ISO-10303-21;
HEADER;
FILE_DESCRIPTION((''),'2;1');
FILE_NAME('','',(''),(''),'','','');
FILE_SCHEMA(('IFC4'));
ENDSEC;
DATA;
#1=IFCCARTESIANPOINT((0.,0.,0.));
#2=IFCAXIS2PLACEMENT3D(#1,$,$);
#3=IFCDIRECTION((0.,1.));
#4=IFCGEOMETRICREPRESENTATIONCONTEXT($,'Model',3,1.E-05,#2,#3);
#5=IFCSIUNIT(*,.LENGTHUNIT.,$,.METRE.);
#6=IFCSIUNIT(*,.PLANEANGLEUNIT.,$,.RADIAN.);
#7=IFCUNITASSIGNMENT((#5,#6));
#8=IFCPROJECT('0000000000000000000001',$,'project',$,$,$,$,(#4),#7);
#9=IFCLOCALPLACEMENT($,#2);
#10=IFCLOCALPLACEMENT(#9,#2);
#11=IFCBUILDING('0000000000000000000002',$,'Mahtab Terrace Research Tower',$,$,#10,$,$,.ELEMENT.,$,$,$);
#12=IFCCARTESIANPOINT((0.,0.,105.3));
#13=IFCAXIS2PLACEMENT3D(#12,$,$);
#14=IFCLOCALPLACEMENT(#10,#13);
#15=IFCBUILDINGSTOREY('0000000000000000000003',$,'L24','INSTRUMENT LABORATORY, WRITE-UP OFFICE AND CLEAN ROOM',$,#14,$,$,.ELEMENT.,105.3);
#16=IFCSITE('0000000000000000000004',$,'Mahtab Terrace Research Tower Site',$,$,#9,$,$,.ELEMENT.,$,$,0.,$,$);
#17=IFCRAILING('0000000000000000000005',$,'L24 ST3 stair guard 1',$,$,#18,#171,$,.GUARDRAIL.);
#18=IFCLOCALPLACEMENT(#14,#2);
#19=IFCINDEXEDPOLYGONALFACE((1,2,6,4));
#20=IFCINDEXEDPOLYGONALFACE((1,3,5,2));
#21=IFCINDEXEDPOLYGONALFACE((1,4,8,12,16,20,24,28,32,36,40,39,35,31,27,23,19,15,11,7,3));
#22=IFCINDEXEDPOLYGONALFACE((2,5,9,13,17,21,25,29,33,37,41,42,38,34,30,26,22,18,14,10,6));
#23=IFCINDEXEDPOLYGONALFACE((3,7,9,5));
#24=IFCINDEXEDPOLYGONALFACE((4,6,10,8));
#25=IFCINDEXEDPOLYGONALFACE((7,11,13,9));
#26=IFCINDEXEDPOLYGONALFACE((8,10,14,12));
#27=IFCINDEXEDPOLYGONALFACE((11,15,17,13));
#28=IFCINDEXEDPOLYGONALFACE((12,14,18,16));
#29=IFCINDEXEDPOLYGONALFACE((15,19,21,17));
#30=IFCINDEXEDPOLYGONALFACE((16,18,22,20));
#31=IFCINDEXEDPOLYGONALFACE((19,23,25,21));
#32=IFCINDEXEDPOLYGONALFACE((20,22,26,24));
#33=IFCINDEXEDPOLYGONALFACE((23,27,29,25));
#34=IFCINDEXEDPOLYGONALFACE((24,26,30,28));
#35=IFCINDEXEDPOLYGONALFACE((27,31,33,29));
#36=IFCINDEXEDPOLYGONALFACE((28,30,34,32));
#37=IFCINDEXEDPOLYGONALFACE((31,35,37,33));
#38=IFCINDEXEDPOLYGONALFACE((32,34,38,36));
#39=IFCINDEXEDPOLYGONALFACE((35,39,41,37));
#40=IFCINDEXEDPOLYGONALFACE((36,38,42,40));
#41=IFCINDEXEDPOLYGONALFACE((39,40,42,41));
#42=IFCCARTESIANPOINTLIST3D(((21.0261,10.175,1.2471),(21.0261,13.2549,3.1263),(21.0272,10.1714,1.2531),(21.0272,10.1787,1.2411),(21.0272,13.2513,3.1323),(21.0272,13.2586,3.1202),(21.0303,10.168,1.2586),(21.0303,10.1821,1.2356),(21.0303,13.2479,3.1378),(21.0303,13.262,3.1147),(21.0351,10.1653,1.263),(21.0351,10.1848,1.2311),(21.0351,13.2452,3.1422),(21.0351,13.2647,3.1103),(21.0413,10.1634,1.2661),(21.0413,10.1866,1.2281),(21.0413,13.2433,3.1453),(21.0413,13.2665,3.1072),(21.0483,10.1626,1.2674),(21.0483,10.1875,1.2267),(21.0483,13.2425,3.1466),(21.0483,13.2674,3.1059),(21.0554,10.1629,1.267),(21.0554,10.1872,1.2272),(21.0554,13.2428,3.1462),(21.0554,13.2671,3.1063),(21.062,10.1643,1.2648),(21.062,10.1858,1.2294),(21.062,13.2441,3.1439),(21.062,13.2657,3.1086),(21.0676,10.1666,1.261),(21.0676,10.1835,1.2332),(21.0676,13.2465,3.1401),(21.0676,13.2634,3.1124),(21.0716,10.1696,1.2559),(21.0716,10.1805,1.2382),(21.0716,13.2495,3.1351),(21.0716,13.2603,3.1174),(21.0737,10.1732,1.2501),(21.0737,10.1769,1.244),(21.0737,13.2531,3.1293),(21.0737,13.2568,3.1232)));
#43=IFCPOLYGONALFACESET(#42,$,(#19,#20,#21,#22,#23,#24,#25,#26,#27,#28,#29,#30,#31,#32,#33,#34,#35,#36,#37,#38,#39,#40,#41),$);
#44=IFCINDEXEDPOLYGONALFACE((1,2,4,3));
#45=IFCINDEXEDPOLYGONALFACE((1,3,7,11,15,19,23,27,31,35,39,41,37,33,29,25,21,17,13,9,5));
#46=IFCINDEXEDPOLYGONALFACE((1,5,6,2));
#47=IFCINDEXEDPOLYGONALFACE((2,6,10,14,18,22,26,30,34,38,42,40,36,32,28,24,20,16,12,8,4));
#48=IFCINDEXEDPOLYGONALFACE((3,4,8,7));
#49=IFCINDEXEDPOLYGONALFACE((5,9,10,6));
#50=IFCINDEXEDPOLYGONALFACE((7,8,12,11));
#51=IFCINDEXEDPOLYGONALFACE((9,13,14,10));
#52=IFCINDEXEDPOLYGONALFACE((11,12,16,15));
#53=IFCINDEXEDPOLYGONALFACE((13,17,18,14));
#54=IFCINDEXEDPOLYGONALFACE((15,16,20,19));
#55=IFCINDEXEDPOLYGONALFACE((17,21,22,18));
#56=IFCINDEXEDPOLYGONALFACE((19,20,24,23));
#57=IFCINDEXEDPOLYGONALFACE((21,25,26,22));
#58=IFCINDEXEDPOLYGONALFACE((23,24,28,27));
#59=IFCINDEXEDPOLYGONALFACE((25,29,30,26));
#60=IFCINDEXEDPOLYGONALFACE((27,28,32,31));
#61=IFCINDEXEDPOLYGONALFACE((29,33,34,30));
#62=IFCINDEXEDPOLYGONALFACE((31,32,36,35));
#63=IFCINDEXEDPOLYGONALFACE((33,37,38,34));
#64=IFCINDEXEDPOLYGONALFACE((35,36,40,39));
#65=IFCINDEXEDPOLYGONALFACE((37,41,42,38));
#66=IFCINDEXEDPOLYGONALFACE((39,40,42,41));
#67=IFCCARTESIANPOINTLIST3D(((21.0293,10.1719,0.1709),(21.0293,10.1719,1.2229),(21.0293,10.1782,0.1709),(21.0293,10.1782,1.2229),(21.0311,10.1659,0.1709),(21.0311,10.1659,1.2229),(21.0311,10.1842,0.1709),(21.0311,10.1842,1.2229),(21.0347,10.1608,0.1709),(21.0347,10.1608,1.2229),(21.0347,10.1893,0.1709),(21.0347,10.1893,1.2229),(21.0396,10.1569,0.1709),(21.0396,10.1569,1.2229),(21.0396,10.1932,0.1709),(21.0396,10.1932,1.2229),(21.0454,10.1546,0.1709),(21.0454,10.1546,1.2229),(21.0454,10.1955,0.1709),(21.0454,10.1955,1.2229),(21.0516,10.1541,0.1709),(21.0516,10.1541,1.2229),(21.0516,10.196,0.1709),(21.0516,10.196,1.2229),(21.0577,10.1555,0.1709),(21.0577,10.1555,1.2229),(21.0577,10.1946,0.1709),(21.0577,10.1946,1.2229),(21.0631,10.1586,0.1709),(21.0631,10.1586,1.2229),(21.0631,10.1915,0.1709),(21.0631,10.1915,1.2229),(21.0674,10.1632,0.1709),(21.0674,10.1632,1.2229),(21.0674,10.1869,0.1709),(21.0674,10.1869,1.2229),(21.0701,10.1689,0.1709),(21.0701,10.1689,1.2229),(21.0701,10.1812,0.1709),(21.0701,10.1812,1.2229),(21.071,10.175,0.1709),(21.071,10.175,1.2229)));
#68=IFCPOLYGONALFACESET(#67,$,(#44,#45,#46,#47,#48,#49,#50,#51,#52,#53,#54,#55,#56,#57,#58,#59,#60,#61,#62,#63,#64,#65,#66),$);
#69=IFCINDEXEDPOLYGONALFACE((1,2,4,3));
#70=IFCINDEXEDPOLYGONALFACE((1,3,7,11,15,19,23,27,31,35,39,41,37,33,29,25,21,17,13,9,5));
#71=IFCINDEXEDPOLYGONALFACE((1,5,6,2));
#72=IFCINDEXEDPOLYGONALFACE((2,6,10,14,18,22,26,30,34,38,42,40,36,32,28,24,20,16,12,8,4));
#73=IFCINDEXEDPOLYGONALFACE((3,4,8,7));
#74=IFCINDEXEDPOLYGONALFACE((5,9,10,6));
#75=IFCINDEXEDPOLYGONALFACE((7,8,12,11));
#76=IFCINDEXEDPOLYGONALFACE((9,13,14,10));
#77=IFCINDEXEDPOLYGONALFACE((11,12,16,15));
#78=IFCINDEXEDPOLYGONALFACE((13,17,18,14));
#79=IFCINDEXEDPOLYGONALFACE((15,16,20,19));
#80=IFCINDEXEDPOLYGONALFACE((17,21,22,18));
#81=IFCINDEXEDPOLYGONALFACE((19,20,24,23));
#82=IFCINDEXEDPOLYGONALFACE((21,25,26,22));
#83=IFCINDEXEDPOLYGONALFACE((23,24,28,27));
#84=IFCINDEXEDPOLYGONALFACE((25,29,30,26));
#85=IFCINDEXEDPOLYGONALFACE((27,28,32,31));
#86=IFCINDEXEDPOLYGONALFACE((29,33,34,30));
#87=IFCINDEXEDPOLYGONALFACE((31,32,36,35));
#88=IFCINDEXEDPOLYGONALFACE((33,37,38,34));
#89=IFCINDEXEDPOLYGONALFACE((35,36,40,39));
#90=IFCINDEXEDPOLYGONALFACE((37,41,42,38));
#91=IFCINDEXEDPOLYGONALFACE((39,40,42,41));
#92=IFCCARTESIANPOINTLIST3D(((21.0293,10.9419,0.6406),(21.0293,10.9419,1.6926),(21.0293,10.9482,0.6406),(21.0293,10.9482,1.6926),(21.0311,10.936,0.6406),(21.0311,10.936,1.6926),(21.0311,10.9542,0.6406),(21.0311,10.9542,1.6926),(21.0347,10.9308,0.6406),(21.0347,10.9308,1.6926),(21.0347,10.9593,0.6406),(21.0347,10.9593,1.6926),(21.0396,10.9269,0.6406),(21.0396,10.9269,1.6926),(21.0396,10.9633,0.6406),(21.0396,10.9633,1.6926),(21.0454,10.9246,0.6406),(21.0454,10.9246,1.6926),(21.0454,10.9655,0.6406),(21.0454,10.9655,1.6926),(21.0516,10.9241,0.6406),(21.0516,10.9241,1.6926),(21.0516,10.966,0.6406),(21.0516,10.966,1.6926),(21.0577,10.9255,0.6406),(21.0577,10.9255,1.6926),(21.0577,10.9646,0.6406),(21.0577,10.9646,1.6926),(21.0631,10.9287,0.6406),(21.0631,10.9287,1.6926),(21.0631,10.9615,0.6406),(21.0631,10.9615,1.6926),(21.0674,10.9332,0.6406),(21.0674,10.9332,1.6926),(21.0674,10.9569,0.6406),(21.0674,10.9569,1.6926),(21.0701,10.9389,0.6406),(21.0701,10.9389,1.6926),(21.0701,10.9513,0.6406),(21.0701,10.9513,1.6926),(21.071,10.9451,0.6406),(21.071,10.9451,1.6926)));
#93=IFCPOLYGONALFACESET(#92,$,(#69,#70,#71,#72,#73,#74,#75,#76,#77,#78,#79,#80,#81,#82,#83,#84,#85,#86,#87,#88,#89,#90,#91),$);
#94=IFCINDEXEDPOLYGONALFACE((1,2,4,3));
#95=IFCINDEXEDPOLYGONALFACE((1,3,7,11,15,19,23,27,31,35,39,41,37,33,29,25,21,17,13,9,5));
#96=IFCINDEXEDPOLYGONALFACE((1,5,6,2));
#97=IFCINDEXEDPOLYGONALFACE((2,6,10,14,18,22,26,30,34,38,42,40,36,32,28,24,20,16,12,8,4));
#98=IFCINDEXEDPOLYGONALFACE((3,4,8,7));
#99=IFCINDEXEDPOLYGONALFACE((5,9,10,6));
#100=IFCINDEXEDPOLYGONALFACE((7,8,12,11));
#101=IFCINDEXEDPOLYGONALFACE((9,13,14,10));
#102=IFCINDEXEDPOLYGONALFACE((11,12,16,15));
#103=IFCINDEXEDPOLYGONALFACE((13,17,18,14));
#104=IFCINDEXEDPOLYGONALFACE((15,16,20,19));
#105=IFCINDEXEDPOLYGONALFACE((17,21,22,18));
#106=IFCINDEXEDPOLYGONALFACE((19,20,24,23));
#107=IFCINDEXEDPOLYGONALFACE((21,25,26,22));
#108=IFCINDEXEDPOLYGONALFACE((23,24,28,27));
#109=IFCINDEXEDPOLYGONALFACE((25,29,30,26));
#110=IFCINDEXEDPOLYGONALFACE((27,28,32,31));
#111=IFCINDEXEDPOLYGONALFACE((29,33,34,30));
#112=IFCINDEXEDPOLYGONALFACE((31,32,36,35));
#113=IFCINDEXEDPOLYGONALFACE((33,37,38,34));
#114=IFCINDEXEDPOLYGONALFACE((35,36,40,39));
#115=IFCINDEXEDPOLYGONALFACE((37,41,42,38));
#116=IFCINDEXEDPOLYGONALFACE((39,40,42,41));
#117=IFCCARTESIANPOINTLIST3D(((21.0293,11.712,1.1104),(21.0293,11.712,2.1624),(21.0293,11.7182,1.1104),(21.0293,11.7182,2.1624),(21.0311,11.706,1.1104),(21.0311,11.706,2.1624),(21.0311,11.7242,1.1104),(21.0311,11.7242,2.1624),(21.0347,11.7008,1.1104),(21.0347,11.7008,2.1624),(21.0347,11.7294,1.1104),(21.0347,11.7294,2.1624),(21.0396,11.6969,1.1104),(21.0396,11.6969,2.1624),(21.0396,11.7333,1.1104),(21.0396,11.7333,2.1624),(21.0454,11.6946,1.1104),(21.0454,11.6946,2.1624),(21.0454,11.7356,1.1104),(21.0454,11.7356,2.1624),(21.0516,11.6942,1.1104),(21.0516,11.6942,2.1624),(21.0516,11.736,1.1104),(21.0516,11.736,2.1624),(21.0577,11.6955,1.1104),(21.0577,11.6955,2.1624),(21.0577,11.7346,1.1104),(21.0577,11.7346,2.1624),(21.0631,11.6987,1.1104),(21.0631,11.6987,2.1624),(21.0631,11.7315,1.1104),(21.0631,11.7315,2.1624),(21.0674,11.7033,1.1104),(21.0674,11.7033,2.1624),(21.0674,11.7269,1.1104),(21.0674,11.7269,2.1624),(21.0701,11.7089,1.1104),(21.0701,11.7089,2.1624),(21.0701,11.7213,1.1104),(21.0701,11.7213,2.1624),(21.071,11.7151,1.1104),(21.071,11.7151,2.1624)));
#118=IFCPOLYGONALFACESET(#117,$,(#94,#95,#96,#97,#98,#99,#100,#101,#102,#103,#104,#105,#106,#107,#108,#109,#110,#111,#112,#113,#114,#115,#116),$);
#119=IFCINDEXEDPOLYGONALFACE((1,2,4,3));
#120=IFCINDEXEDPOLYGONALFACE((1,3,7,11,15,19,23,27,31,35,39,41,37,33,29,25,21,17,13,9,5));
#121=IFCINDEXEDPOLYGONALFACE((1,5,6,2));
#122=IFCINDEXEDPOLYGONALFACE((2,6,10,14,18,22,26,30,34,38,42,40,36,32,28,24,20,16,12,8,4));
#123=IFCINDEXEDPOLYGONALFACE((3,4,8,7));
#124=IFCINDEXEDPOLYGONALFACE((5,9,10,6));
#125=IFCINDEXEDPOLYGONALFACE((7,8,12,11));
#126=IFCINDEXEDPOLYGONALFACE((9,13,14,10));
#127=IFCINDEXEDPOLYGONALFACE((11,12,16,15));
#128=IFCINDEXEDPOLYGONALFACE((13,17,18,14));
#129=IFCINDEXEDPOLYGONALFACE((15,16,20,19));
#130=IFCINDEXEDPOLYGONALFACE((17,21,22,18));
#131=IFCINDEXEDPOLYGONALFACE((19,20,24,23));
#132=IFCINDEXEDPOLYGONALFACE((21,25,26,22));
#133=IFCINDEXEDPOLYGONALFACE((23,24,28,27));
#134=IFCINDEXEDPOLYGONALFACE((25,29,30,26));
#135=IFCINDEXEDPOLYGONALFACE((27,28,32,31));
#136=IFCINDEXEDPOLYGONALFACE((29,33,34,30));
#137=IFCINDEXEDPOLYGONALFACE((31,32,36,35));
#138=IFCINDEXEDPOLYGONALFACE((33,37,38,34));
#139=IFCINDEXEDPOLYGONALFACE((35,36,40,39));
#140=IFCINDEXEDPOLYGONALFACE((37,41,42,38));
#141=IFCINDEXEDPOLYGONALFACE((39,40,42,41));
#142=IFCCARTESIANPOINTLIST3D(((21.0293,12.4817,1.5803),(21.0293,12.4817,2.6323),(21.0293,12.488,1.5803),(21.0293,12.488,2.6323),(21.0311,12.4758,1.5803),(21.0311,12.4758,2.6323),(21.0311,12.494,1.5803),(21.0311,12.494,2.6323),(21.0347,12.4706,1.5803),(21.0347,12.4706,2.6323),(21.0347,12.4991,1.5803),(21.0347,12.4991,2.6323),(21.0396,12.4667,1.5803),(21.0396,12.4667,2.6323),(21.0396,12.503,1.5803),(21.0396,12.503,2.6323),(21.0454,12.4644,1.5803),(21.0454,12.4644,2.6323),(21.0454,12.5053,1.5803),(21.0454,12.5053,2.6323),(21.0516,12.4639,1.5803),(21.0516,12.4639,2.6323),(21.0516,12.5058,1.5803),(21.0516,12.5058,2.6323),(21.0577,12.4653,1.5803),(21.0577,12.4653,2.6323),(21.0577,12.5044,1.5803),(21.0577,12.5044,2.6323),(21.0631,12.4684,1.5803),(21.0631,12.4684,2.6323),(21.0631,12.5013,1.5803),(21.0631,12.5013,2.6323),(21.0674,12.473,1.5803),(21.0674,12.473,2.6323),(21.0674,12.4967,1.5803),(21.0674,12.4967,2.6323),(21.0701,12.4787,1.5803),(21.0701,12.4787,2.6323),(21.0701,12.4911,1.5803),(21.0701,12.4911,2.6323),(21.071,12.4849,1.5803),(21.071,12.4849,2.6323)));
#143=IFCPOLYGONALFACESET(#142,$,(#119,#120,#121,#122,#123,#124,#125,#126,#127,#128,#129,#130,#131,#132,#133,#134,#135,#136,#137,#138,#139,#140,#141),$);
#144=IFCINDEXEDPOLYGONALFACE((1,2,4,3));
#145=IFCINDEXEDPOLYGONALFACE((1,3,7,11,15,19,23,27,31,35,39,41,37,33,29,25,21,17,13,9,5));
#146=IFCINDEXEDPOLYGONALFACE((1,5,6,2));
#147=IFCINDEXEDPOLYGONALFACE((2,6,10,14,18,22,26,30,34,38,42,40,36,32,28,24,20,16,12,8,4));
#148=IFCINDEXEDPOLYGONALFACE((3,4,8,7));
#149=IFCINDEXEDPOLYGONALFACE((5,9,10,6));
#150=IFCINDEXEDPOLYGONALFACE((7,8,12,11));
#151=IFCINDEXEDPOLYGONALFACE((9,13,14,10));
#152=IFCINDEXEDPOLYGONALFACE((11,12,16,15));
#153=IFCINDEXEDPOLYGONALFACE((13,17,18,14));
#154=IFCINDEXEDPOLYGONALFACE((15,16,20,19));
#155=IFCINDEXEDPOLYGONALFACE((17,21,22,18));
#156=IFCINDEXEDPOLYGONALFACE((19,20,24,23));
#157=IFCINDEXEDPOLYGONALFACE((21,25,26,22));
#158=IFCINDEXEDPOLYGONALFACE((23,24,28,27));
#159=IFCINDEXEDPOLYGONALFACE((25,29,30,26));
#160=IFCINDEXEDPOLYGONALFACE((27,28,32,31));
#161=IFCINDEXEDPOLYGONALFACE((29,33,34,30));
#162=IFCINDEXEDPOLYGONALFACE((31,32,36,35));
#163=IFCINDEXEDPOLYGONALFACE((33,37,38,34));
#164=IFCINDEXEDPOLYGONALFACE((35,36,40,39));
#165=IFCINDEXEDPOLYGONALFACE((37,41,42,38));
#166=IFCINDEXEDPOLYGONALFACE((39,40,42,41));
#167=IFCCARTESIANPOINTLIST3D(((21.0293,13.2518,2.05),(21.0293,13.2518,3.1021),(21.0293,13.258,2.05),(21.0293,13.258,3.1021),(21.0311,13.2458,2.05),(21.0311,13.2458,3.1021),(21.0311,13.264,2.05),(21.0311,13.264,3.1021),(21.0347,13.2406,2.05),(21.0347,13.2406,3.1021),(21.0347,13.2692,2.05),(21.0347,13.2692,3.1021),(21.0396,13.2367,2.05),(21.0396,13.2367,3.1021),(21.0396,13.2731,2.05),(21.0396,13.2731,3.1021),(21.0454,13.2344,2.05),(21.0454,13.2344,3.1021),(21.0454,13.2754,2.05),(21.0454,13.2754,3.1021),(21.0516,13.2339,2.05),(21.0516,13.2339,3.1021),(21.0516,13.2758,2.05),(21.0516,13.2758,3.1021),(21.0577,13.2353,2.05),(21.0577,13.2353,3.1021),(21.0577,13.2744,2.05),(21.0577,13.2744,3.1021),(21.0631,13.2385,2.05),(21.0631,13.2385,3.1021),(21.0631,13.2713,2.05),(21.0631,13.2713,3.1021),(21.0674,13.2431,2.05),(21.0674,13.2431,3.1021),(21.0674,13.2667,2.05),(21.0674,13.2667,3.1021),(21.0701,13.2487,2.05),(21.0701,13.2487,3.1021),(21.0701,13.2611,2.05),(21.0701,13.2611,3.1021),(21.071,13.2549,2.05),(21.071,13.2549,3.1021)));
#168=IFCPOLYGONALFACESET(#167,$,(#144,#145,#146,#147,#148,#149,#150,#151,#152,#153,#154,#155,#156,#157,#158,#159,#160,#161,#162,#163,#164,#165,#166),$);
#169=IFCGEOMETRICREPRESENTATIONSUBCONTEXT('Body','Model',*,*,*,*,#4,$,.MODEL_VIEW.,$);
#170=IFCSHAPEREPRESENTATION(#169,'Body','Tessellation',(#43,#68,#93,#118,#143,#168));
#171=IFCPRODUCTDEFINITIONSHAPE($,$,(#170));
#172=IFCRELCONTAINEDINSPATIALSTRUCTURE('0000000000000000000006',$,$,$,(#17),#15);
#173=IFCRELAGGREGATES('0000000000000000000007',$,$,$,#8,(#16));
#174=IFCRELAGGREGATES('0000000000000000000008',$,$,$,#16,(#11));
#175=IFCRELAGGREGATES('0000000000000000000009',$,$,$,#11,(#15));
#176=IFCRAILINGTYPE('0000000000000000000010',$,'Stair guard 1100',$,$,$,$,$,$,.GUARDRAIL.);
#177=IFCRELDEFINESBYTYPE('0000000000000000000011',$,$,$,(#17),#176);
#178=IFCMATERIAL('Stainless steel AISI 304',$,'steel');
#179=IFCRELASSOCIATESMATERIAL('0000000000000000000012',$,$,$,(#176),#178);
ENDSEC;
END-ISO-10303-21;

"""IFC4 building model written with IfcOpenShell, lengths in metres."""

from ifc_helpers import new_model, si_unit, direction, frame, origin, origin_2d, place, context, subcontext, project, spatial, circle, extrude, material, type_object, element, save


model = new_model("IFC4")

# Units and contexts
model_context = context("Model", 3, precision=1e-05, world=origin(), true_north=direction((0.0, 1.0)))
body_context = subcontext(model_context, "Body", "Model", "MODEL_VIEW")
ifc_project = project(units=[si_unit("LENGTHUNIT", "METRE"), si_unit("PLANEANGLEUNIT", "RADIAN")], contexts=[model_context])

# Site, building, storey
site_placement = place(None, origin())
site = spatial("IfcSite", under=ifc_project, at=site_placement, Name="Mahtab Terrace Research Tower Site", CompositionType="ELEMENT", RefElevation=0.0)
building_placement = place(site_placement, origin())
building = spatial("IfcBuilding", under=site, at=building_placement, Name="Mahtab Terrace Research Tower", CompositionType="ELEMENT")
storey_placement = place(building_placement, frame((0.0, 0.0, 105.3)))
storey = spatial("IfcBuildingStorey", under=building, at=storey_placement, Name="L24", Description="INSTRUMENT LABORATORY, WRITE-UP OFFICE AND CLEAN ROOM", CompositionType="ELEMENT", Elevation=105.3)

# Shared definitions
ifc_material_1 = material(Name="Stainless steel AISI 304", Category="steel")

# Railing
railing_type_1 = type_object("IfcRailingType", Name="Stair guard 1100", PredefinedType="GUARDRAIL", material=ifc_material_1)
railing_1_placement = place(storey_placement, frame((21.05, 10.175, 0.1709)))
element("IfcRailing", 1, at=railing_1_placement, inside=storey, type_object=railing_type_1, Name="L24 ST3 stair guard 1", PredefinedType="GUARDRAIL", context=body_context, shape_type="SweptSolid", body=[
    extrude(circle(Radius=0.0239, at=origin_2d()), frame((0.0, 0.0, 1.0762), z_axis=(0.0, 0.853648, 0.52085), x_axis=(-1.0, 0.0, 0.0)), (0.0, 0.0, 1.0), 3.6079),
    extrude(circle(Radius=0.021, at=origin_2d()), origin(), (0.0, 0.0, 1.0), 1.052),
    extrude(circle(Radius=0.021, at=origin_2d()), frame((0.0, 0.77, 0.4697)), (0.0, 0.0, 1.0), 1.052),
    extrude(circle(Radius=0.021, at=origin_2d()), frame((0.0, 1.54, 0.9395)), (0.0, 0.0, 1.0), 1.052),
    extrude(circle(Radius=0.021, at=origin_2d()), frame((0.0, 2.3098, 1.4094)), (0.0, 0.0, 1.0), 1.052),
    extrude(circle(Radius=0.021, at=origin_2d()), frame((0.0, 3.0798, 1.8792)), (0.0, 0.0, 1.0), 1.052),
])

save(model, "model.ifc")
